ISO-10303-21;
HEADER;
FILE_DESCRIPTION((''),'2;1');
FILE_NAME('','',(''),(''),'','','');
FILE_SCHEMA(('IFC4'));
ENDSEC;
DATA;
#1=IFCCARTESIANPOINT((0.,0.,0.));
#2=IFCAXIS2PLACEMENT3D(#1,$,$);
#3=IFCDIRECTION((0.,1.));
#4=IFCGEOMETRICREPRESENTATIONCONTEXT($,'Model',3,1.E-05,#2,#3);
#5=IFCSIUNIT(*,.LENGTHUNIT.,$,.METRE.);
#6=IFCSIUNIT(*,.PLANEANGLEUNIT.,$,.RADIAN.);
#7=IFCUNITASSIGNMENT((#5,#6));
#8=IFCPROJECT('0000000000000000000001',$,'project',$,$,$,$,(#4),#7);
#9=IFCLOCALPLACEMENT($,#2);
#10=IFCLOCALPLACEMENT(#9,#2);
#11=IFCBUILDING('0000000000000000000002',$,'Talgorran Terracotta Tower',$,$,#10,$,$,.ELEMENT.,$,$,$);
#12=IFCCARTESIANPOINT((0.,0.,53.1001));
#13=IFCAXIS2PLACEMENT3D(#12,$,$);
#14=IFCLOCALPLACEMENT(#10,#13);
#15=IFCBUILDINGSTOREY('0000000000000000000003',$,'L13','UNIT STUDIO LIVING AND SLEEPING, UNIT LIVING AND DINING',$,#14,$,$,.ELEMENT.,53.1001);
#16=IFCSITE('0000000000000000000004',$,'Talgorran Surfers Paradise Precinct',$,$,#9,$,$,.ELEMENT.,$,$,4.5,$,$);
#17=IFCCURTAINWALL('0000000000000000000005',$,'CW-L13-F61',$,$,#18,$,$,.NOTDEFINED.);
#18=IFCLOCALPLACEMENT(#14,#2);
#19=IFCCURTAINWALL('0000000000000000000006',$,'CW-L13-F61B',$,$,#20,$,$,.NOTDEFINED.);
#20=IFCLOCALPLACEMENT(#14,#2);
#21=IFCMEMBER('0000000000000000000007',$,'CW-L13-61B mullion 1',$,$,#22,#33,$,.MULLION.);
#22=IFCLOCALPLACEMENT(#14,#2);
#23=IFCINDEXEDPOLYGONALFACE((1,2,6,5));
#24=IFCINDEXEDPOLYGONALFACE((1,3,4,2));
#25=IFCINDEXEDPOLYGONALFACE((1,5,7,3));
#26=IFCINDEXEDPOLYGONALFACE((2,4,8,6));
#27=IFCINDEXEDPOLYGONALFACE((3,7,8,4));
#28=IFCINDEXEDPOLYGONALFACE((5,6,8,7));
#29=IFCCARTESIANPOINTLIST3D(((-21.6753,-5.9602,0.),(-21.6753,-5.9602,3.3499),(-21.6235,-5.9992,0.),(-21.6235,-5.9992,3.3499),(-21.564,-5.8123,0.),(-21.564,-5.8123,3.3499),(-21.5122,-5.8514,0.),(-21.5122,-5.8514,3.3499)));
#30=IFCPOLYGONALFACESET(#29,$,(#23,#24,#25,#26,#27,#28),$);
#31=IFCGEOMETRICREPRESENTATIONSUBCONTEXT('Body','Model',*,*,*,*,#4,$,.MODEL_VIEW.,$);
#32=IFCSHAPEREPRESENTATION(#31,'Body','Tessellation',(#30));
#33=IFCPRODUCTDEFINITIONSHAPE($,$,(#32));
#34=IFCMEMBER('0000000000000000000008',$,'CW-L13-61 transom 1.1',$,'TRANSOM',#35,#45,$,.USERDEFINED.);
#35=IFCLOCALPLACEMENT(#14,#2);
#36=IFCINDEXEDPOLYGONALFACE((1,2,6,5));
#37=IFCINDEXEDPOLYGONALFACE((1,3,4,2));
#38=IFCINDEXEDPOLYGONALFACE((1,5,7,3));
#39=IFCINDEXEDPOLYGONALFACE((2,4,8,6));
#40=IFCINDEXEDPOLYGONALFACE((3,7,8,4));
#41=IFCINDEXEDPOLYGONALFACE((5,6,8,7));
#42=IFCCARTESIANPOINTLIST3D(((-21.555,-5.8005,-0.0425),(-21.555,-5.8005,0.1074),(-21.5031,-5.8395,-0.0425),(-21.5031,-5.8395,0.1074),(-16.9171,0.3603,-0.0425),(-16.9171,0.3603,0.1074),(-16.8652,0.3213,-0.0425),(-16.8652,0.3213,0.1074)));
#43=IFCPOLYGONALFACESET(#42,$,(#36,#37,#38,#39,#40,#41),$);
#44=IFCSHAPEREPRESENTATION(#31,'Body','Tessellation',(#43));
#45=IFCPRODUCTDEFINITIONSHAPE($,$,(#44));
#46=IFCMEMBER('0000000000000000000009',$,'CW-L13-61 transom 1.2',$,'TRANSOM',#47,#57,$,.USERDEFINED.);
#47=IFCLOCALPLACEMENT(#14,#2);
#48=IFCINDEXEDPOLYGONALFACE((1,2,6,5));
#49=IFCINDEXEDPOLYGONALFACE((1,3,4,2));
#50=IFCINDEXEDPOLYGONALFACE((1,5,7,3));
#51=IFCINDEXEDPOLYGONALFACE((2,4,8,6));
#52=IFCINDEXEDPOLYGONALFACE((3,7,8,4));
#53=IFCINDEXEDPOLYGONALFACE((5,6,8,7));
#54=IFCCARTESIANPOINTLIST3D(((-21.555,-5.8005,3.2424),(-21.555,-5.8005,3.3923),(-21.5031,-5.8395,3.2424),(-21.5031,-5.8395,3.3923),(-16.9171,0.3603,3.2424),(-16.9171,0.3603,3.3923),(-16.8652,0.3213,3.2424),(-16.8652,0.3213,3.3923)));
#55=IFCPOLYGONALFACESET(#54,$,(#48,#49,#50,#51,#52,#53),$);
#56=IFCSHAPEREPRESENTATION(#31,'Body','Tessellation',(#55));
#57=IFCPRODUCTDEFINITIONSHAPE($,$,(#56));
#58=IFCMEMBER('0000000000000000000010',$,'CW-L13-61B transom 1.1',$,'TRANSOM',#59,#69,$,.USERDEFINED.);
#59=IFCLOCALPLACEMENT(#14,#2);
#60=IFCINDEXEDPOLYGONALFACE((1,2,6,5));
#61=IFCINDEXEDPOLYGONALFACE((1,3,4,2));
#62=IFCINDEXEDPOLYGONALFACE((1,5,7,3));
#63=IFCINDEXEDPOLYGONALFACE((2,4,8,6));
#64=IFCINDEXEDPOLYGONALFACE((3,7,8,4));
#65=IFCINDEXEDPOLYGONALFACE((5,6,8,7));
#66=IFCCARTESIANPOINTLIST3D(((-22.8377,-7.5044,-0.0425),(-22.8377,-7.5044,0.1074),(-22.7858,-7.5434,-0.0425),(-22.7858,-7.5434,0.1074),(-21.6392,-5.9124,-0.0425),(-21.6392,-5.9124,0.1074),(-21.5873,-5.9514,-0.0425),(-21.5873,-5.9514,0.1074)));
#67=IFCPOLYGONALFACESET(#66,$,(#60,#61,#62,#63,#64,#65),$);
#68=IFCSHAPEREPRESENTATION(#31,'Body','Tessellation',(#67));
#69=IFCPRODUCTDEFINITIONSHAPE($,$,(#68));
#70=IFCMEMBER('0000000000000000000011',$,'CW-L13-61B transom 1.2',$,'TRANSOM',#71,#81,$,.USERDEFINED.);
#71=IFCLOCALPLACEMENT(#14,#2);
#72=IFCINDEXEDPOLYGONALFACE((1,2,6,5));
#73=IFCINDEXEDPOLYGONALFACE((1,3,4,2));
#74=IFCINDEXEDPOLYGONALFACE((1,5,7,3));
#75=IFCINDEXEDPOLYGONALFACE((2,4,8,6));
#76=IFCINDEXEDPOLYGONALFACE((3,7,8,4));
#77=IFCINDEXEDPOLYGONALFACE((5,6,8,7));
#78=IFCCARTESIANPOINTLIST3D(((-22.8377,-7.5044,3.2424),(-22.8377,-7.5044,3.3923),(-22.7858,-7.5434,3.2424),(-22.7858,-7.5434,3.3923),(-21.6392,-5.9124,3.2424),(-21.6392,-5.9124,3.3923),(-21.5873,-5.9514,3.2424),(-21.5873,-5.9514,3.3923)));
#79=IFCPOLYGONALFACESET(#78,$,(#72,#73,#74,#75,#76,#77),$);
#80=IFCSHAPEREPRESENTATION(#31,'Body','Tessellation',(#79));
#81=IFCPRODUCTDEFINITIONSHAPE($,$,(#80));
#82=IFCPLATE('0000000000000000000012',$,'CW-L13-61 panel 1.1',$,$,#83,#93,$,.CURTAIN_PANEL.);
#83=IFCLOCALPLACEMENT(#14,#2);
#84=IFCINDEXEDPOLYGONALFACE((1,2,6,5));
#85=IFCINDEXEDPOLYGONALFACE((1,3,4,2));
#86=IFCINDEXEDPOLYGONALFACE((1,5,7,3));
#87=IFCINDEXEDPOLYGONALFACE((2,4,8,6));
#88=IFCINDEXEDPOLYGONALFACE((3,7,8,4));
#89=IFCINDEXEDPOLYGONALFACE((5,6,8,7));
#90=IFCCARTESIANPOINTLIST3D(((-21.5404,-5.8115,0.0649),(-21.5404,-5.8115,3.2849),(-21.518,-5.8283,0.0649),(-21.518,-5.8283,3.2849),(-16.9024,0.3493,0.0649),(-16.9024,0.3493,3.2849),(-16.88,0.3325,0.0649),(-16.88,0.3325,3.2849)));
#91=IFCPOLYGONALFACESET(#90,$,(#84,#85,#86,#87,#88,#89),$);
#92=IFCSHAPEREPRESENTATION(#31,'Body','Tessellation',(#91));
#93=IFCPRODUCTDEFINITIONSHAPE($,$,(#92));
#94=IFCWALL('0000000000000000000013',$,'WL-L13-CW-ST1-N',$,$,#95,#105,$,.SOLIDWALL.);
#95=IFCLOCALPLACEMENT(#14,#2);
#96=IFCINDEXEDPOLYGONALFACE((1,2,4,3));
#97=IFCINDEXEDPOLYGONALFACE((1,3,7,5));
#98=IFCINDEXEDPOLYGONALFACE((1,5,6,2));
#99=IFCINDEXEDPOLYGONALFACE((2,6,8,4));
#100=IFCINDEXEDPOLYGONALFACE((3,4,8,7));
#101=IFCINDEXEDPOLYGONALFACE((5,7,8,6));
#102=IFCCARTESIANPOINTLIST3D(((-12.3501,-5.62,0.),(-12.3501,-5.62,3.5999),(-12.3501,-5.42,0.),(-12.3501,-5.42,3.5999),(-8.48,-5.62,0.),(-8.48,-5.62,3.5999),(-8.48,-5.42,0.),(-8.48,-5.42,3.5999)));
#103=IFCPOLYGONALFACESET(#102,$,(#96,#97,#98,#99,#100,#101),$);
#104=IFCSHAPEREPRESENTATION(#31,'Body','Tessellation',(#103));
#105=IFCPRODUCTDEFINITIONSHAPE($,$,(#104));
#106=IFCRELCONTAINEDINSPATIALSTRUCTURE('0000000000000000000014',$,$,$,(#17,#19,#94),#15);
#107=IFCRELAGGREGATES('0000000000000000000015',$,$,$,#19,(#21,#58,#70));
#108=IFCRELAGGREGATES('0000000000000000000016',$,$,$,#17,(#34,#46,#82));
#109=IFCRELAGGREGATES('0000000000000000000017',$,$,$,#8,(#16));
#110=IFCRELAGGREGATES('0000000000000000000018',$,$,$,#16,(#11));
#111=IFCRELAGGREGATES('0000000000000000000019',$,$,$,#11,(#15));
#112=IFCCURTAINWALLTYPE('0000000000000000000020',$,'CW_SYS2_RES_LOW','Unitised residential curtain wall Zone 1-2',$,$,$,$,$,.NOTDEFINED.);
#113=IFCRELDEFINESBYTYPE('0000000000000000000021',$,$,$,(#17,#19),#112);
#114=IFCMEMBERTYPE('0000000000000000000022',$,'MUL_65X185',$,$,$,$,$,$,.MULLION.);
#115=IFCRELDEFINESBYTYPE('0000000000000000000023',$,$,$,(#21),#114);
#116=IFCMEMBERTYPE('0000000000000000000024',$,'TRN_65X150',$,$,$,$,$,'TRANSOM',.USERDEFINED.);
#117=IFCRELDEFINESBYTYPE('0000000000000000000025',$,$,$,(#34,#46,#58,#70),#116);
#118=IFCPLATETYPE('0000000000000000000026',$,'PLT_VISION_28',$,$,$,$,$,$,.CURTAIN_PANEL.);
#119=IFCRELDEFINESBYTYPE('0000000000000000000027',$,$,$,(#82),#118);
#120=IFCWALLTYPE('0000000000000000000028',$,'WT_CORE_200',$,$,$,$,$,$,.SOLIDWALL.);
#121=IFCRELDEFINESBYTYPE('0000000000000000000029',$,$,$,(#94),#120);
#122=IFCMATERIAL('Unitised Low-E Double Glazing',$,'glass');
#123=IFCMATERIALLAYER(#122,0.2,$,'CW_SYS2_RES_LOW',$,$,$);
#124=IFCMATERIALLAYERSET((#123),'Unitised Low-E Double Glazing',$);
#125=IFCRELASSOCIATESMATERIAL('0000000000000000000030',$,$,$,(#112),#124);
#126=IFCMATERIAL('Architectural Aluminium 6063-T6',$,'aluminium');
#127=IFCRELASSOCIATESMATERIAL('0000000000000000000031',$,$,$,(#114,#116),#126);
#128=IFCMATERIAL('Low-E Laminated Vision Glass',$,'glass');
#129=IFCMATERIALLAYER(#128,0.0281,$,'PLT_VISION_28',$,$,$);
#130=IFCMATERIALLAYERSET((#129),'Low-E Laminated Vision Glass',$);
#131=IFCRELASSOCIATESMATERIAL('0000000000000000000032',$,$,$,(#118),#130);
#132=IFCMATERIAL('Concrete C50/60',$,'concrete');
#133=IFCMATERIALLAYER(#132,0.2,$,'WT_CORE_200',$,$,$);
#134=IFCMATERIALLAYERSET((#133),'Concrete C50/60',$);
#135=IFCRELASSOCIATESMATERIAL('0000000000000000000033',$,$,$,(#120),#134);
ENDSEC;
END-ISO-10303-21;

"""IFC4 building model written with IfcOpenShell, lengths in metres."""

from ifc_helpers import new_model, si_unit, direction, frame, frame_2d, origin, origin_2d, place, context, subcontext, project, spatial, rectangle, extrude, source, transform, mapped, material, layer, layer_set, material_profile, profile_set, type_object, type_shapes, element, aggregate, save


model = new_model("IFC4")

# Units and contexts
model_context = context("Model", 3, precision=1e-05, world=origin(), true_north=direction((0.0, 1.0)))
body_context = subcontext(model_context, "Body", "Model", "MODEL_VIEW")
ifc_project = project(units=[si_unit("LENGTHUNIT", "METRE"), si_unit("PLANEANGLEUNIT", "RADIAN")], contexts=[model_context])

# Site, building, storey
site_placement = place(None, origin())
site = spatial("IfcSite", under=ifc_project, at=site_placement, Name="Talgorran Surfers Paradise Precinct", CompositionType="ELEMENT", RefElevation=4.5)
building_placement = place(site_placement, origin())
building = spatial("IfcBuilding", under=site, at=building_placement, Name="Talgorran Terracotta Tower", CompositionType="ELEMENT")
storey_placement = place(building_placement, frame((0.0, 0.0, 53.1001)))
storey = spatial("IfcBuildingStorey", under=building, at=storey_placement, Name="L13", Description="UNIT STUDIO LIVING AND SLEEPING, UNIT LIVING AND DINING", CompositionType="ELEMENT", Elevation=53.1001)

# Curtain walls, member
ifc_material_1 = material(Name="Unitised Low-E Double Glazing", Category="glass")
ifc_layer_1 = layer(ifc_material_1, 0.2, Name="CW_SYS2_RES_LOW")
ifc_layer_set_1 = layer_set([ifc_layer_1], Name="Unitised Low-E Double Glazing")
curtain_wall_type = type_object("IfcCurtainWallType", Name="CW_SYS2_RES_LOW", Description="Unitised residential curtain wall Zone 1-2", PredefinedType="NOTDEFINED", material=ifc_layer_set_1)
curtain_wall_1_placement = place(storey_placement, origin())
curtain_wall_1 = element("IfcCurtainWall", 1, at=curtain_wall_1_placement, inside=storey, type_object=curtain_wall_type, Name="CW-L13-F61", PredefinedType="NOTDEFINED")
ifc_material_2 = material(Name="Architectural Aluminium 6063-T6", Category="aluminium")
ifc_material_profile_1 = material_profile(ifc_material_2, rectangle(XDim=0.0649, YDim=0.1851, at=origin_2d()), Name="CWM65X185")
ifc_profile_set_1 = profile_set([ifc_material_profile_1], Name="Architectural Aluminium 6063-T6")
member_type_1 = type_object("IfcMemberType", Name="MUL_65X185", PredefinedType="MULLION", material=ifc_profile_set_1)
curtain_wall_2_placement = place(storey_placement, origin())
curtain_wall_2 = element("IfcCurtainWall", 2, at=curtain_wall_2_placement, inside=storey, type_object=curtain_wall_type, Name="CW-L13-F61B", PredefinedType="NOTDEFINED")
member_1_placement = place(storey_placement, frame((-21.5938, -5.9058, 0.0), z_axis=(0.0, 0.0, 1.0), x_axis=(0.798919, -0.601439, 0.0)))
member_1 = element("IfcMember", 3, at=member_1_placement, type_object=member_type_1, Name="CW-L13-61B mullion 1", PredefinedType="MULLION", context=body_context, shape_type="SweptSolid", body=[
    extrude(rectangle(XDim=0.0649, YDim=0.1851, at=origin_2d()), origin(), (0.0, 0.0, 1.0), 3.3499),
])

# Members
ifc_material_profile_2 = material_profile(ifc_material_2, rectangle(XDim=0.0649, YDim=0.1499, at=origin_2d()), Name="CWT65X150")
ifc_profile_set_2 = profile_set([ifc_material_profile_2], Name="Architectural Aluminium 6063-T6")
member_type_2 = type_object("IfcMemberType", Name="TRN_65X150", ElementType="TRANSOM", PredefinedType="USERDEFINED", material=ifc_profile_set_2)
member_2_placement = place(storey_placement, frame((-16.8911, 0.3408, 0.0325), z_axis=(-0.601433, -0.798924, 0.0), x_axis=(0.798924, -0.601433, 0.0)))
member_2 = element("IfcMember", 4, at=member_2_placement, type_object=member_type_2, Name="CW-L13-61 transom 1.1", ObjectType="TRANSOM", PredefinedType="USERDEFINED", context=body_context, shape_type="SweptSolid", body=[
    extrude(rectangle(XDim=0.0649, YDim=0.1499, at=origin_2d()), origin(), (0.0, 0.0, 1.0), 7.7114),
])
member_3_placement = place(storey_placement, frame((-16.8911, 0.3408, 3.3174), z_axis=(-0.601433, -0.798924, 0.0), x_axis=(0.798924, -0.601433, 0.0)))
member_3 = element("IfcMember", 5, at=member_3_placement, type_object=member_type_2, Name="CW-L13-61 transom 1.2", ObjectType="TRANSOM", PredefinedType="USERDEFINED", context=body_context, shape_type="SweptSolid", body=[
    extrude(rectangle(XDim=0.0649, YDim=0.1499, at=origin_2d()), origin(), (0.0, 0.0, 1.0), 7.7114),
])
member_4_placement = place(storey_placement, frame((-21.6133, -5.9319, 0.0325), z_axis=(-0.60143, -0.798925, 0.0), x_axis=(0.798925, -0.60143, 0.0)))
member_4 = element("IfcMember", 6, at=member_4_placement, type_object=member_type_2, Name="CW-L13-61B transom 1.1", ObjectType="TRANSOM", PredefinedType="USERDEFINED", context=body_context, shape_type="SweptSolid", body=[
    extrude(rectangle(XDim=0.0649, YDim=0.1499, at=origin_2d()), origin(), (0.0, 0.0, 1.0), 1.9927),
])
member_5_placement = place(storey_placement, frame((-21.6133, -5.9319, 3.3174), z_axis=(-0.60143, -0.798925, 0.0), x_axis=(0.798925, -0.60143, 0.0)))
member_5 = element("IfcMember", 7, at=member_5_placement, type_object=member_type_2, Name="CW-L13-61B transom 1.2", ObjectType="TRANSOM", PredefinedType="USERDEFINED", context=body_context, shape_type="SweptSolid", body=[
    extrude(rectangle(XDim=0.0649, YDim=0.1499, at=origin_2d()), origin(), (0.0, 0.0, 1.0), 1.9927),
])
aggregate(curtain_wall_2, [member_1, member_4, member_5])

# Plate
ifc_material_3 = material(Name="Low-E Laminated Vision Glass", Category="glass")
ifc_layer_2 = layer(ifc_material_3, 0.0281, Name="PLT_VISION_28")
ifc_layer_set_2 = layer_set([ifc_layer_2], Name="Low-E Laminated Vision Glass")
plate_type = type_object("IfcPlateType", Name="PLT_VISION_28", PredefinedType="CURTAIN_PANEL", material=ifc_layer_set_2)
shared_shape = source(origin(), body_context, "Body", "SweptSolid", [
    extrude(rectangle(XDim=7.7114, YDim=0.0281, at=origin_2d()), origin(), (0.0, 0.0, 1.0), 3.22),
])
type_shapes(plate_type, [shared_shape])
plate_placement = place(storey_placement, frame((-19.2102, -2.7395, 0.0649), z_axis=(0.0, 0.0, 1.0), x_axis=(-0.60144, -0.798918, 0.0)))
plate = element("IfcPlate", 8, at=plate_placement, type_object=plate_type, Name="CW-L13-61 panel 1.1", PredefinedType="CURTAIN_PANEL", context=body_context, shape_type="MappedRepresentation", body=[
    mapped(shared_shape, transform((0.0, 0.0, 0.0), scale=1.0)),
])
aggregate(curtain_wall_1, [member_2, member_3, plate])

# Wall
ifc_material_4 = material(Name="Concrete C50/60", Category="concrete")
ifc_layer_3 = layer(ifc_material_4, 0.2, Name="WT_CORE_200")
ifc_layer_set_3 = layer_set([ifc_layer_3], Name="Concrete C50/60")
wall_type_1 = type_object("IfcWallType", Name="WT_CORE_200", PredefinedType="SOLIDWALL", material=ifc_layer_set_3)
wall_1_placement = place(storey_placement, frame((-12.3501, -5.52, 0.0), z_axis=(0.0, 0.0, 1.0), x_axis=(1.0, 0.0, 0.0)))
element("IfcWall", 9, at=wall_1_placement, inside=storey, type_object=wall_type_1, Name="WL-L13-CW-ST1-N", PredefinedType="SOLIDWALL", context=body_context, shape_type="SweptSolid", body=[
    extrude(rectangle(XDim=3.8701, YDim=0.2, at=frame_2d((1.9351, 0.0))), origin(), (0.0, 0.0, 1.0), 3.5999),
])

save(model, "model.ifc")
